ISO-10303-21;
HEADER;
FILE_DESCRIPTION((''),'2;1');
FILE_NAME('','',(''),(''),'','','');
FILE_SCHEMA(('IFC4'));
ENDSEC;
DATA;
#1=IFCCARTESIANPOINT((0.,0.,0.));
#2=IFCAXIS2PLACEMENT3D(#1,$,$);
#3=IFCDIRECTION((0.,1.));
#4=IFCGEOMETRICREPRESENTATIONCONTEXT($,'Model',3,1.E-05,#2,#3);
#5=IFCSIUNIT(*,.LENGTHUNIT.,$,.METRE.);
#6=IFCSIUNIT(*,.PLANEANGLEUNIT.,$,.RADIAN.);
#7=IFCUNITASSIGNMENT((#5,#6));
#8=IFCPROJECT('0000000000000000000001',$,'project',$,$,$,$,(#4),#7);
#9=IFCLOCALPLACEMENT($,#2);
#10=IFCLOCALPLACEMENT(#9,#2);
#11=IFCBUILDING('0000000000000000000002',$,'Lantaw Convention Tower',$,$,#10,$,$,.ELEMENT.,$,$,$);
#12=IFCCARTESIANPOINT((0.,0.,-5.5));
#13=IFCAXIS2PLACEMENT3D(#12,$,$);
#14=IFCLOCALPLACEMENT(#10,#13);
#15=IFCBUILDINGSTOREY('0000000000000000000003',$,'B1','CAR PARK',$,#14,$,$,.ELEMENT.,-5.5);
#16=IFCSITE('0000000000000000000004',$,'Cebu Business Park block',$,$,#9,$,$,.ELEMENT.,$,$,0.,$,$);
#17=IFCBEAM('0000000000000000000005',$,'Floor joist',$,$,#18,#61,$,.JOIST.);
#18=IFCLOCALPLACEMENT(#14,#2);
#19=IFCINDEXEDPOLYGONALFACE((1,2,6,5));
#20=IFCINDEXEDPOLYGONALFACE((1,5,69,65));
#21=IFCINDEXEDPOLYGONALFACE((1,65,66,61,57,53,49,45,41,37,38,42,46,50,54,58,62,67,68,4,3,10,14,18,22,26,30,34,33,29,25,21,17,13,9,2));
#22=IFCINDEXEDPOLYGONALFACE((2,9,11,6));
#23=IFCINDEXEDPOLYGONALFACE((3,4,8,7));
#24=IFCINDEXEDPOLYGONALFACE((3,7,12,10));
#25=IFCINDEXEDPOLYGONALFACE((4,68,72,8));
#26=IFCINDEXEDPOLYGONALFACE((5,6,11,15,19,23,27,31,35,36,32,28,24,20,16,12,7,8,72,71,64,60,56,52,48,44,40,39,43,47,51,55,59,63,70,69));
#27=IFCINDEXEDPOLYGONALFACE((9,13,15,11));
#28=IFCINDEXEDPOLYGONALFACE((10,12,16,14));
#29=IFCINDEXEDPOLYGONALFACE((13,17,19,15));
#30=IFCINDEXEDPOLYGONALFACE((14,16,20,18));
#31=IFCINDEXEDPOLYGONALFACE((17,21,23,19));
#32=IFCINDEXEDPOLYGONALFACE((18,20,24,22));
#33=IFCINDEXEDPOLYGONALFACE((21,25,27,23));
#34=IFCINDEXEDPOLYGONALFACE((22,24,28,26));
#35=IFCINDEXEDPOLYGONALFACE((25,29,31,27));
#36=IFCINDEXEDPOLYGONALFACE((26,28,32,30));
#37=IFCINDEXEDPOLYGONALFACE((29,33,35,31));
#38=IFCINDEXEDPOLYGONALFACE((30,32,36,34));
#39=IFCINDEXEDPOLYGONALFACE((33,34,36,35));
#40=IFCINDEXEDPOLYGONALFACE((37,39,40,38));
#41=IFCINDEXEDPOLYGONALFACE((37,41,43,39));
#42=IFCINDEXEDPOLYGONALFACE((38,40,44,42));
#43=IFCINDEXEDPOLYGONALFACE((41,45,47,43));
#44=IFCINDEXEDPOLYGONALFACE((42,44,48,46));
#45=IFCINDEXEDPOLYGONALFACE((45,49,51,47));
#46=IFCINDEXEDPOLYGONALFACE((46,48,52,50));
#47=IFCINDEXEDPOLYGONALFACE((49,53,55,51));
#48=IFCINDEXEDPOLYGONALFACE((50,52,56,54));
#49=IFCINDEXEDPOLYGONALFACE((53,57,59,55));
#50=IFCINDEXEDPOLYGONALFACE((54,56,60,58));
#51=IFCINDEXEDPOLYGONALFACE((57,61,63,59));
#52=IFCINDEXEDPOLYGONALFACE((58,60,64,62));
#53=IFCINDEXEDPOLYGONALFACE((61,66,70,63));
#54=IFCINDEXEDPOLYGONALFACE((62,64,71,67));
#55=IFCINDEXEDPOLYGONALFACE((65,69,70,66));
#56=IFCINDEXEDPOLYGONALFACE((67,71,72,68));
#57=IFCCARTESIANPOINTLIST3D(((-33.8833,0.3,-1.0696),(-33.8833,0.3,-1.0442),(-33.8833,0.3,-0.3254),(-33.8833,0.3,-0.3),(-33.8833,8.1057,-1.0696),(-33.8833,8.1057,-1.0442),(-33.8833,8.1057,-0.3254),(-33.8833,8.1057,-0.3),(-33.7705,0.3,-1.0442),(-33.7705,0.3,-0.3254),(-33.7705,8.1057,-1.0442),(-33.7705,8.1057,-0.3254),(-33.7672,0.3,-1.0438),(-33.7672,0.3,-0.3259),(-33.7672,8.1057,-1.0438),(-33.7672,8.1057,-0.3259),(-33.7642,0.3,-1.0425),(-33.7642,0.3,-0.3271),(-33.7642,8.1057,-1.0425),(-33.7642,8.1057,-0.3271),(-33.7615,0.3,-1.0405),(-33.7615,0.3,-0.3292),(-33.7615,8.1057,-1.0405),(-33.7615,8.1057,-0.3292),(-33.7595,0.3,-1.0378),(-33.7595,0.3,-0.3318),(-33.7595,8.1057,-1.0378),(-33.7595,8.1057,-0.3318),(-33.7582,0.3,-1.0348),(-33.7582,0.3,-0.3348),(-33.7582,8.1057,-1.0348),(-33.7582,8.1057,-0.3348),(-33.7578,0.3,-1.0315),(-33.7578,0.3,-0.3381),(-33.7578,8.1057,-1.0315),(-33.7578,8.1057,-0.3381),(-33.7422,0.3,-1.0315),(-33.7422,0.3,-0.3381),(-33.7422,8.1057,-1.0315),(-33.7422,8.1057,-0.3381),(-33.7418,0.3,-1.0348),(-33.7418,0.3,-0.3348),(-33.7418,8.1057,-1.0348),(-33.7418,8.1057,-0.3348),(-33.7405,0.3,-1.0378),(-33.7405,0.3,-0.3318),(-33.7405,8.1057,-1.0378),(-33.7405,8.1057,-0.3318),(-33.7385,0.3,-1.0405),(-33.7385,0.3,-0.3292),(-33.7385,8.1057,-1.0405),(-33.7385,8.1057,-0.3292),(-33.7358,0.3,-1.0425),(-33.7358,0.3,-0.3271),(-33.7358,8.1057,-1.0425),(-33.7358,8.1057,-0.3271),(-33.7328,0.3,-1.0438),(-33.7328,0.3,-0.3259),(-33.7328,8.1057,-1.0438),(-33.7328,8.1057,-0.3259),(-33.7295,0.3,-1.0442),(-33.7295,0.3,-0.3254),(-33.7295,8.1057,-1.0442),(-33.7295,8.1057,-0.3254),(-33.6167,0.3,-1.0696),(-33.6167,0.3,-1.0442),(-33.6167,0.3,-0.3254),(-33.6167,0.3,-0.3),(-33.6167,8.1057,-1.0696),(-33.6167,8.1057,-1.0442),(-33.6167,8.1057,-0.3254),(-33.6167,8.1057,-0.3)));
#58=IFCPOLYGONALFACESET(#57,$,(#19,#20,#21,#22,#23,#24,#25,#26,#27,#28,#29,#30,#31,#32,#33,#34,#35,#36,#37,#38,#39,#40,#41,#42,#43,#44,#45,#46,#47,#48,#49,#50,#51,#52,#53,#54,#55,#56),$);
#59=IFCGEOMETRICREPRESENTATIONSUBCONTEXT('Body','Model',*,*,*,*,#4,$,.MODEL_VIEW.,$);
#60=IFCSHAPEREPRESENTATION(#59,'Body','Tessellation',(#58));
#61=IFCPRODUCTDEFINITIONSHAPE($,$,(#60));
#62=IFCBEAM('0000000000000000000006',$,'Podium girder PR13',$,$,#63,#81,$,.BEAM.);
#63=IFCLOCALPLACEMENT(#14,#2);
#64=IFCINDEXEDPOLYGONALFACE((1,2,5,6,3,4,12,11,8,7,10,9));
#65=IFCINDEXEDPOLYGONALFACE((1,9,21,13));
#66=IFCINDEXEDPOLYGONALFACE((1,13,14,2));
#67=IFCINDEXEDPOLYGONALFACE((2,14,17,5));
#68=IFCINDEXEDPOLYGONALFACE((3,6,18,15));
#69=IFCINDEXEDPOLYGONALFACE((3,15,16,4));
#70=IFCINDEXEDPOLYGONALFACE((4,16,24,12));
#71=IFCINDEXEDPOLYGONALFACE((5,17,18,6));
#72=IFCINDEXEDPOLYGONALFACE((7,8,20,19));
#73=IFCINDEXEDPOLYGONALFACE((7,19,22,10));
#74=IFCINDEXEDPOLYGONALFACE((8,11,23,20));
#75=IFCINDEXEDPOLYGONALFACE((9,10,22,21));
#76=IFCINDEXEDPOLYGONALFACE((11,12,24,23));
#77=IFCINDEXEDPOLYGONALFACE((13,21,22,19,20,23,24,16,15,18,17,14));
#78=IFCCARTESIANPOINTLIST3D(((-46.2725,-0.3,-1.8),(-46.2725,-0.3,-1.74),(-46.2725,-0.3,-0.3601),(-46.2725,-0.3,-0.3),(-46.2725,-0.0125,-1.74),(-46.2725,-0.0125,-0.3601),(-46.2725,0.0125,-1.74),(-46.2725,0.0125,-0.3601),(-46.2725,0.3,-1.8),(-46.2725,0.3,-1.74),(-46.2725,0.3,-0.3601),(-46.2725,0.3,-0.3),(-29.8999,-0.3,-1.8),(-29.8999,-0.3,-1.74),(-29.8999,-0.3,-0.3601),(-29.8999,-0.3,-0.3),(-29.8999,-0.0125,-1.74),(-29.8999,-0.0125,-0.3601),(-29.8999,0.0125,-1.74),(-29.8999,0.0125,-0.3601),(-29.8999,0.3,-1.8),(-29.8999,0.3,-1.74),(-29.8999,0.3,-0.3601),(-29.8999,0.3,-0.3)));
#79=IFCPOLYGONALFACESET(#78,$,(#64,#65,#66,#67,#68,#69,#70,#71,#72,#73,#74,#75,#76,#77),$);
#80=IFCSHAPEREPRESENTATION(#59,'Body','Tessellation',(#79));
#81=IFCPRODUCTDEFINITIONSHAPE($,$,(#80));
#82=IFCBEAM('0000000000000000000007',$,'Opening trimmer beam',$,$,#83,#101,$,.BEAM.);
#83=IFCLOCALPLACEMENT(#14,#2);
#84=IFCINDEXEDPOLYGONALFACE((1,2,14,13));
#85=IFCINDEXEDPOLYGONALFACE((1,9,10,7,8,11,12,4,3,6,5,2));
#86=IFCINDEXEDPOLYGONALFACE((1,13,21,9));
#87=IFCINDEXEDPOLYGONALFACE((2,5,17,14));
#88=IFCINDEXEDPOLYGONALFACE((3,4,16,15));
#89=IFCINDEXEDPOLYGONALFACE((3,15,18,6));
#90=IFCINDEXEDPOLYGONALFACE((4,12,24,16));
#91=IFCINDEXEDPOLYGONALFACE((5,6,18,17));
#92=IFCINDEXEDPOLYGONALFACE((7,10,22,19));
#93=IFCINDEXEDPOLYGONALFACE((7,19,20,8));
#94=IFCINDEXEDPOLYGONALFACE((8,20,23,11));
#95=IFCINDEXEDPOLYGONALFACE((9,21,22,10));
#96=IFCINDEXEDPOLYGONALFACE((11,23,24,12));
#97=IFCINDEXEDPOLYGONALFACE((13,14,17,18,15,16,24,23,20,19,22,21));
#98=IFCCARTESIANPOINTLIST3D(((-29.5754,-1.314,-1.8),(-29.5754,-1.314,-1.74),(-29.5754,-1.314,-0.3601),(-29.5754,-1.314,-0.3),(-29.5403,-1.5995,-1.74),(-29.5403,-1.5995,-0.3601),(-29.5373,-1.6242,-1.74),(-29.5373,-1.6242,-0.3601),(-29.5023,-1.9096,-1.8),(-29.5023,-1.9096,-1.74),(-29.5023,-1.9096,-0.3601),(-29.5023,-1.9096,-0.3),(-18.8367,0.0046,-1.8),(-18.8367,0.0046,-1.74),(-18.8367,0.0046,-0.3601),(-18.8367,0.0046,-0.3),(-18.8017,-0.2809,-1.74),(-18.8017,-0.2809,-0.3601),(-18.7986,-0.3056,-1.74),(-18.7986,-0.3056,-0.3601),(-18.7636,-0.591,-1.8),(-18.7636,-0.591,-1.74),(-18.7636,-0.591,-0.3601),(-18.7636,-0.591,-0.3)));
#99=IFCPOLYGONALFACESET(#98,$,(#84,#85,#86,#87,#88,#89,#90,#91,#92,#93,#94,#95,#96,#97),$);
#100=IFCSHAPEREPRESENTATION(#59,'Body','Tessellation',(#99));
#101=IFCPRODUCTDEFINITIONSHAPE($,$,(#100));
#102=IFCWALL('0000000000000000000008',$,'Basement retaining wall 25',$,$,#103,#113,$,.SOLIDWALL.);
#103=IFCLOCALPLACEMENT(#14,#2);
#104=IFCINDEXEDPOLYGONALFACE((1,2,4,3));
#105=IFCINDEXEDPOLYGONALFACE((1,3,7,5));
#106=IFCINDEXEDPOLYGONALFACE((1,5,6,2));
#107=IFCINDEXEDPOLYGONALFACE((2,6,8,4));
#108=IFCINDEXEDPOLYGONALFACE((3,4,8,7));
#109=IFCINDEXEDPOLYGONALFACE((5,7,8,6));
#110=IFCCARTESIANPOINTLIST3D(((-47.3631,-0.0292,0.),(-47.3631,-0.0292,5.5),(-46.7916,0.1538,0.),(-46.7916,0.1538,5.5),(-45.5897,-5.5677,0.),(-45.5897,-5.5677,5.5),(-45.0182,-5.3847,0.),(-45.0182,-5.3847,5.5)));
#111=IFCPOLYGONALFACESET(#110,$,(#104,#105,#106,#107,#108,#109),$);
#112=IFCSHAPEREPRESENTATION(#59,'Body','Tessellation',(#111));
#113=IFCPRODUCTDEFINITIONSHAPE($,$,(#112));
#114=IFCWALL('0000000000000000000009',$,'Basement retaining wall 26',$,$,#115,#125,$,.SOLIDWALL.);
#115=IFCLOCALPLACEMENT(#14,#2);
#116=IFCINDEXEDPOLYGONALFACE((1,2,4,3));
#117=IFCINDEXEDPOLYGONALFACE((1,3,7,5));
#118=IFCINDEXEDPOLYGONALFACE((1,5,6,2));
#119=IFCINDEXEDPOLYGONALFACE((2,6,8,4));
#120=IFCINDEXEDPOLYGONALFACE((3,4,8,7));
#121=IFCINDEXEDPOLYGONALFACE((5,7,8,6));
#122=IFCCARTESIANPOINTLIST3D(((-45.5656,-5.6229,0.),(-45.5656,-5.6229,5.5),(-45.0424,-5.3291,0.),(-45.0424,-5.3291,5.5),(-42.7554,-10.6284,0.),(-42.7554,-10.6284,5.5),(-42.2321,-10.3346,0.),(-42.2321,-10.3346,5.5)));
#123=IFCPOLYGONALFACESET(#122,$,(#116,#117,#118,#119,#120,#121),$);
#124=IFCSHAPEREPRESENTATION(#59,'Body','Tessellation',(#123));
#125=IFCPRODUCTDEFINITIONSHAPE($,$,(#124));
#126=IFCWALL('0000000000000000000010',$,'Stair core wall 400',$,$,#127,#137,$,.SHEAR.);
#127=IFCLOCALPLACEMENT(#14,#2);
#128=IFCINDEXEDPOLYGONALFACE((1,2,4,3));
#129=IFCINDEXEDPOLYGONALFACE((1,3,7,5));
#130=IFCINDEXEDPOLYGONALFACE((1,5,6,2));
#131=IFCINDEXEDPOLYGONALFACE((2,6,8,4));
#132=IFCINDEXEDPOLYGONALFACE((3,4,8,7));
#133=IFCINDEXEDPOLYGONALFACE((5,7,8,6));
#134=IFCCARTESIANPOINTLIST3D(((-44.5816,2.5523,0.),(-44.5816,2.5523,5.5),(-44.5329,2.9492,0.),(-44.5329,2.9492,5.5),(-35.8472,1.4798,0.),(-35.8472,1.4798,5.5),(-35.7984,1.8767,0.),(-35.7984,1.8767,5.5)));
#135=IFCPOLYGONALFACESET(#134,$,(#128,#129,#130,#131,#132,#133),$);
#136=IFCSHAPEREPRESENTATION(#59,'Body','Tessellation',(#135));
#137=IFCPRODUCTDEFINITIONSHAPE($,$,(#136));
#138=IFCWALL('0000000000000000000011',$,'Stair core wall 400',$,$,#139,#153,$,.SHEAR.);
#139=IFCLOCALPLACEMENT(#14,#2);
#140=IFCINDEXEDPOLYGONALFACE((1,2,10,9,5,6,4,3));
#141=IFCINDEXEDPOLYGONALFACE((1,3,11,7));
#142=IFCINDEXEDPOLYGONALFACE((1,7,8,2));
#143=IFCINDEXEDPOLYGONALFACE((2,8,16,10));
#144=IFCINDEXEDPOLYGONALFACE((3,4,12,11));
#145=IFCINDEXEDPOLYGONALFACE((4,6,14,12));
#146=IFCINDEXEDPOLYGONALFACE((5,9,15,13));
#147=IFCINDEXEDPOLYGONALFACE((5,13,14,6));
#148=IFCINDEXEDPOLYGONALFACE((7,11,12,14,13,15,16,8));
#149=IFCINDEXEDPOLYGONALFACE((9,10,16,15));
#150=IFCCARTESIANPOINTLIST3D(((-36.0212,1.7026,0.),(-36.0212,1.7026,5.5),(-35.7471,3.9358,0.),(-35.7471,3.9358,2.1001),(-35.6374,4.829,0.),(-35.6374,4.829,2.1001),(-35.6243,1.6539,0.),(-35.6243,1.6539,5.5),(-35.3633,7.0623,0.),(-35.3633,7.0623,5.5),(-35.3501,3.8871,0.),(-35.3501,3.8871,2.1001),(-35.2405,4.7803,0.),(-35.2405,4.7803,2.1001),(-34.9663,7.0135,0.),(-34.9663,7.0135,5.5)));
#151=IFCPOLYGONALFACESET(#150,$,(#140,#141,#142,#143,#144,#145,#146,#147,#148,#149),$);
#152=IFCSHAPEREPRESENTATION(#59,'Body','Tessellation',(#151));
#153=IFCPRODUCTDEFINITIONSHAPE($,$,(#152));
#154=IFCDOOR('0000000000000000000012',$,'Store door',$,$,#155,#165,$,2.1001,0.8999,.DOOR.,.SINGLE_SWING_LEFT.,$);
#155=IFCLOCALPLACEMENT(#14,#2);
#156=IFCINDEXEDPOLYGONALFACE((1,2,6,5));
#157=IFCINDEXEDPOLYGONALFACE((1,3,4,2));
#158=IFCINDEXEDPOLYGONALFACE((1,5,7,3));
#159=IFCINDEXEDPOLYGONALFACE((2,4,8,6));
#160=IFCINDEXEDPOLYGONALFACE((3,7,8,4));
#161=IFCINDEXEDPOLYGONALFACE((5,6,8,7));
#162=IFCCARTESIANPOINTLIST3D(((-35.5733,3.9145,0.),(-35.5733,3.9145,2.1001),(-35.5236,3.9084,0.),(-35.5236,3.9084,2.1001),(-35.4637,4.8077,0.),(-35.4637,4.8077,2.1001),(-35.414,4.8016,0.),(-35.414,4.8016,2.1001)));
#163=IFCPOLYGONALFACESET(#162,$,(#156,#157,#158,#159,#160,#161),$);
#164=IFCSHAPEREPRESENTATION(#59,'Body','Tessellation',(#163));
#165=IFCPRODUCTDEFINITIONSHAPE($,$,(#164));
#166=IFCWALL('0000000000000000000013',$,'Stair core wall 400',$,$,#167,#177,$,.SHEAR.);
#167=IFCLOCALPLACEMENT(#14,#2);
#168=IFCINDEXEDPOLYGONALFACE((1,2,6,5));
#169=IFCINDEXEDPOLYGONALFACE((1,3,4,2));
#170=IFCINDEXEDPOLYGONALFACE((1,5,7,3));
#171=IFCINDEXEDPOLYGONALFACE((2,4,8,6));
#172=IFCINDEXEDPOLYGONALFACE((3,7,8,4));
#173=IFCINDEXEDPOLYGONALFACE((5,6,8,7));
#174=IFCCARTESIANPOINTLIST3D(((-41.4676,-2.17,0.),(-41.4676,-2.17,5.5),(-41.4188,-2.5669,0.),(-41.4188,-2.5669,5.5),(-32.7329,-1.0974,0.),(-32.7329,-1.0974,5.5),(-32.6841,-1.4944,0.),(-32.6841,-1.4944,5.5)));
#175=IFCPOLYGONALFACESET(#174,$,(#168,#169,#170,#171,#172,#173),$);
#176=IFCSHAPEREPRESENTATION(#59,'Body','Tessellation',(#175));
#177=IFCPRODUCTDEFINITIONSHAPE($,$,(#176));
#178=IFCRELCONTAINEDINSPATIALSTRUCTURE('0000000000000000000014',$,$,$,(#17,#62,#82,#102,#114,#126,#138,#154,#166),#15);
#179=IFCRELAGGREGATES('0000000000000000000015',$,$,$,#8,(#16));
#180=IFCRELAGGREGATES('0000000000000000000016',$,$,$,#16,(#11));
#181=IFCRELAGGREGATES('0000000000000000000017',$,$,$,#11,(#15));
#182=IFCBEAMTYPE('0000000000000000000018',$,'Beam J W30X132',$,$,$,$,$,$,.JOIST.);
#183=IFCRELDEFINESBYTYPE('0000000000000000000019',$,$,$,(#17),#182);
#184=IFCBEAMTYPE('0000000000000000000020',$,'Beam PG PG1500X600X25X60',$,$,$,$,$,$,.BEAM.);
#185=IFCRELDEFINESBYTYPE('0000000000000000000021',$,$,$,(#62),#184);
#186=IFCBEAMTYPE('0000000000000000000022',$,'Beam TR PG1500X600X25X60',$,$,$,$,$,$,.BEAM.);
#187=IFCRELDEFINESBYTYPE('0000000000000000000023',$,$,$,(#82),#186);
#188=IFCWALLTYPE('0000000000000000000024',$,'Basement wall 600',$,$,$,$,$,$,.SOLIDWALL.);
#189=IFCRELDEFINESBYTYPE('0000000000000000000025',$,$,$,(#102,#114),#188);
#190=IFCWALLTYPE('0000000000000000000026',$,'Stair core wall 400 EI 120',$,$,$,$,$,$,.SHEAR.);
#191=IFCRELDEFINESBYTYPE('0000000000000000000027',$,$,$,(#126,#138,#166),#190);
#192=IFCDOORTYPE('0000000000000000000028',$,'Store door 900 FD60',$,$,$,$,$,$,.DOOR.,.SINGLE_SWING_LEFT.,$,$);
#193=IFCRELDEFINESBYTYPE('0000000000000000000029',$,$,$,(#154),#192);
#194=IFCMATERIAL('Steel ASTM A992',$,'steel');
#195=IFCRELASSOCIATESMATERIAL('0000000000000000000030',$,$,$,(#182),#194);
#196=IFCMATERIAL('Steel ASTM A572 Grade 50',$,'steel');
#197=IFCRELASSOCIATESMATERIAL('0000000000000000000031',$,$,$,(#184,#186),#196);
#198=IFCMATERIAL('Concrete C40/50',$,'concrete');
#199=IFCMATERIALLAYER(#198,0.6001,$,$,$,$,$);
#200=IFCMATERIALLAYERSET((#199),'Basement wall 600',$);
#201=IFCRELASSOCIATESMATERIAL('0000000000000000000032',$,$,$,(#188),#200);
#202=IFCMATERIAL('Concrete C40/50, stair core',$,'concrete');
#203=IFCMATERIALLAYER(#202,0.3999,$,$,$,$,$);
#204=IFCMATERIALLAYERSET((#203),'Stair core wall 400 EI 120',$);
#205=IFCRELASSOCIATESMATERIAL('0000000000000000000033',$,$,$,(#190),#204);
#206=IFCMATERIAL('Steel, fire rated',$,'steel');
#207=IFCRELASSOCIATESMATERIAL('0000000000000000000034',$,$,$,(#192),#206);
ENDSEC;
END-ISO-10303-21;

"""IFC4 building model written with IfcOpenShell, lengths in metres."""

from ifc_helpers import new_model, si_unit, direction, frame, frame_2d, origin, origin_2d, place, context, subcontext, project, spatial, rectangle, i_section, extrude, material, layer, layer_set, material_profile, profile_set, type_object, element, fill, save


model = new_model("IFC4")

# Units and contexts
model_context = context("Model", 3, precision=1e-05, world=origin(), true_north=direction((0.0, 1.0)))
body_context = subcontext(model_context, "Body", "Model", "MODEL_VIEW")
ifc_project = project(units=[si_unit("LENGTHUNIT", "METRE"), si_unit("PLANEANGLEUNIT", "RADIAN")], contexts=[model_context])

# Site, building, storey
site_placement = place(None, origin())
site = spatial("IfcSite", under=ifc_project, at=site_placement, Name="Cebu Business Park block", CompositionType="ELEMENT", RefElevation=0.0)
building_placement = place(site_placement, origin())
building = spatial("IfcBuilding", under=site, at=building_placement, Name="Lantaw Convention Tower", CompositionType="ELEMENT")
storey_placement = place(building_placement, frame((0.0, 0.0, -5.5)))
storey = spatial("IfcBuildingStorey", under=building, at=storey_placement, Name="B1", Description="CAR PARK", CompositionType="ELEMENT", Elevation=-5.5)

# Shared definitions
ifc_material_1 = material(Name="Steel ASTM A572 Grade 50", Category="steel")

# Beams
ifc_material_2 = material(Name="Steel ASTM A992", Category="steel")
ifc_material_profile_1 = material_profile(ifc_material_2, i_section(OverallWidth=0.2666, OverallDepth=0.7695, WebThickness=0.0156, FlangeThickness=0.0254, FilletRadius=0.0127, at=origin_2d()), Name="W30X132")
ifc_profile_set_1 = profile_set([ifc_material_profile_1], Name="Steel ASTM A992")
beam_type_1 = type_object("IfcBeamType", Name="Beam J W30X132", PredefinedType="JOIST", material=ifc_profile_set_1)
beam_1_placement = place(storey_placement, frame((-33.75, 0.3, -0.6848), z_axis=(0.0, 1.0, 0.0), x_axis=(-1.0, 0.0, 0.0)))
element("IfcBeam", 1, at=beam_1_placement, inside=storey, type_object=beam_type_1, Name="Floor joist", PredefinedType="JOIST", context=body_context, shape_type="SweptSolid", body=[
    extrude(i_section(OverallWidth=0.2666, OverallDepth=0.7695, WebThickness=0.0156, FlangeThickness=0.0254, FilletRadius=0.0127, at=origin_2d()), origin(), (0.0, 0.0, 1.0), 7.8057),
])
ifc_material_profile_2 = material_profile(ifc_material_1, i_section(OverallWidth=0.6001, OverallDepth=1.5, WebThickness=0.0249, FlangeThickness=0.0601, at=origin_2d()), Name="PG1500X600X25X60")
ifc_profile_set_2 = profile_set([ifc_material_profile_2], Name="Steel ASTM A572 Grade 50")
beam_type_2 = type_object("IfcBeamType", Name="Beam PG PG1500X600X25X60", PredefinedType="BEAM", material=ifc_profile_set_2)
beam_2_placement = place(storey_placement, frame((-29.8999, 0.0, -1.05), z_axis=(-1.0, 0.0, 0.0), x_axis=(0.0, -1.0, 0.0)))
element("IfcBeam", 2, at=beam_2_placement, inside=storey, type_object=beam_type_2, Name="Podium girder PR13", PredefinedType="BEAM", context=body_context, shape_type="SweptSolid", body=[
    extrude(i_section(OverallWidth=0.6001, OverallDepth=1.5, WebThickness=0.0249, FlangeThickness=0.0601, at=origin_2d()), origin(), (0.0, 0.0, 1.0), 16.3726),
])
ifc_material_profile_3 = material_profile(ifc_material_1, i_section(OverallWidth=0.6001, OverallDepth=1.5, WebThickness=0.0249, FlangeThickness=0.0601, at=origin_2d()), Name="PG1500X600X25X60")
ifc_profile_set_3 = profile_set([ifc_material_profile_3], Name="Steel ASTM A572 Grade 50")
beam_type_3 = type_object("IfcBeamType", Name="Beam TR PG1500X600X25X60", PredefinedType="BEAM", material=ifc_profile_set_3)
beam_3_placement = place(storey_placement, frame((-29.5388, -1.6118, -1.05), z_axis=(0.992546, 0.121874, 0.0), x_axis=(-0.121874, 0.992546, 0.0)))
element("IfcBeam", 3, at=beam_3_placement, inside=storey, type_object=beam_type_3, Name="Opening trimmer beam", PredefinedType="BEAM", context=body_context, shape_type="SweptSolid", body=[
    extrude(i_section(OverallWidth=0.6001, OverallDepth=1.5, WebThickness=0.0249, FlangeThickness=0.0601, at=origin_2d()), origin(), (0.0, 0.0, 1.0), 10.8193),
])

# Walls
ifc_material_3 = material(Name="Concrete C40/50", Category="concrete")
ifc_layer_1 = layer(ifc_material_3, 0.6001)
ifc_layer_set_1 = layer_set([ifc_layer_1], Name="Basement wall 600")
wall_type_1 = type_object("IfcWallType", Name="Basement wall 600", PredefinedType="SOLIDWALL", material=ifc_layer_set_1)
wall_1_placement = place(storey_placement, frame((-47.0774, 0.0623, 0.0), z_axis=(0.0, 0.0, 1.0), x_axis=(0.304959, -0.952366, 0.0)))
element("IfcWall", 4, at=wall_1_placement, inside=storey, type_object=wall_type_1, Name="Basement retaining wall 25", PredefinedType="SOLIDWALL", context=body_context, shape_type="SweptSolid", body=[
    extrude(rectangle(XDim=5.8154, YDim=0.6001, at=frame_2d((2.9077, 0.0))), origin(), (0.0, 0.0, 1.0), 5.5),
])
wall_2_placement = place(storey_placement, frame((-45.304, -5.4761, 0.0), z_axis=(0.0, 0.0, 1.0), x_axis=(0.489552, -0.871974, 0.0)))
element("IfcWall", 5, at=wall_2_placement, inside=storey, type_object=wall_type_1, Name="Basement retaining wall 26", PredefinedType="SOLIDWALL", context=body_context, shape_type="SweptSolid", body=[
    extrude(rectangle(XDim=5.7405, YDim=0.6001, at=frame_2d((2.8701, 0.0))), origin(), (0.0, 0.0, 1.0), 5.5),
])
ifc_material_4 = material(Name="Concrete C40/50, stair core", Category="concrete")
ifc_layer_2 = layer(ifc_material_4, 0.3999)
ifc_layer_set_2 = layer_set([ifc_layer_2], Name="Stair core wall 400 EI 120")
wall_type_2 = type_object("IfcWallType", Name="Stair core wall 400 EI 120", PredefinedType="SHEAR", material=ifc_layer_set_2)
wall_3_placement = place(storey_placement, frame((-44.5571, 2.7507, 0.0), z_axis=(0.0, 0.0, 1.0), x_axis=(0.992545, -0.121876, 0.0)))
element("IfcWall", 6, at=wall_3_placement, inside=storey, type_object=wall_type_2, Name="Stair core wall 400", PredefinedType="SHEAR", context=body_context, shape_type="SweptSolid", body=[
    extrude(rectangle(XDim=8.8, YDim=0.3999, at=frame_2d((4.3999, 0.0))), origin(), (0.0, 0.0, 1.0), 5.5),
])

# Wall, opening, door
wall_4_placement = place(storey_placement, frame((-35.8228, 1.6782, 0.0), z_axis=(0.0, 0.0, 1.0), x_axis=(0.121848, 0.992549, 0.0)))
wall_4 = element("IfcWall", 7, at=wall_4_placement, inside=storey, type_object=wall_type_2, Name="Stair core wall 400", PredefinedType="SHEAR", context=body_context, shape_type="SweptSolid", body=[
    extrude(rectangle(XDim=5.3999, YDim=0.3999, at=frame_2d((2.7, 0.0))), origin(), (0.0, 0.0, 1.0), 5.5),
])
opening_1_placement = place(wall_4_placement, frame((2.25, 0.0, 0.0)))
opening_1 = element("IfcOpeningElement", 8, at=opening_1_placement, cuts=wall_4, PredefinedType="OPENING", context=body_context, shape_type="SweptSolid", body=[
    extrude(rectangle(XDim=0.8999, YDim=2.1001, at=frame_2d((0.45, 1.05))), frame((0.0, 0.21, 0.0), z_axis=(0.0, -1.0, 0.0), x_axis=(1.0, 0.0, 0.0)), (0.0, 0.0, 1.0), 0.4199),
])
ifc_material_5 = material(Name="Steel, fire rated", Category="steel")
door_type = type_object("IfcDoorType", Name="Store door 900 FD60", OperationType="SINGLE_SWING_LEFT", PredefinedType="DOOR", material=ifc_material_5)
door_1_placement = place(opening_1_placement, origin())
door_1 = element("IfcDoor", 9, at=door_1_placement, inside=storey, type_object=door_type, Name="Store door", OperationType="SINGLE_SWING_LEFT", OverallHeight=2.1001, OverallWidth=0.8999, PredefinedType="DOOR", context=body_context, shape_type="SweptSolid", body=[
    extrude(rectangle(XDim=0.8999, YDim=2.1001, at=frame_2d((0.45, 1.05))), frame((0.0, 0.0249, 0.0), z_axis=(0.0, -1.0, 0.0), x_axis=(1.0, 0.0, 0.0)), (0.0, 0.0, 1.0), 0.05),
])
fill(opening_1, door_1)

# Wall
wall_5_placement = place(storey_placement, frame((-32.7085, -1.2959, 0.0), z_axis=(0.0, 0.0, 1.0), x_axis=(-0.992546, -0.121873, 0.0)))
element("IfcWall", 10, at=wall_5_placement, inside=storey, type_object=wall_type_2, Name="Stair core wall 400", PredefinedType="SHEAR", context=body_context, shape_type="SweptSolid", body=[
    extrude(rectangle(XDim=8.8003, YDim=0.3999, at=frame_2d((4.4001, 0.0))), origin(), (0.0, 0.0, 1.0), 5.5),
])

save(model, "model.ifc")
